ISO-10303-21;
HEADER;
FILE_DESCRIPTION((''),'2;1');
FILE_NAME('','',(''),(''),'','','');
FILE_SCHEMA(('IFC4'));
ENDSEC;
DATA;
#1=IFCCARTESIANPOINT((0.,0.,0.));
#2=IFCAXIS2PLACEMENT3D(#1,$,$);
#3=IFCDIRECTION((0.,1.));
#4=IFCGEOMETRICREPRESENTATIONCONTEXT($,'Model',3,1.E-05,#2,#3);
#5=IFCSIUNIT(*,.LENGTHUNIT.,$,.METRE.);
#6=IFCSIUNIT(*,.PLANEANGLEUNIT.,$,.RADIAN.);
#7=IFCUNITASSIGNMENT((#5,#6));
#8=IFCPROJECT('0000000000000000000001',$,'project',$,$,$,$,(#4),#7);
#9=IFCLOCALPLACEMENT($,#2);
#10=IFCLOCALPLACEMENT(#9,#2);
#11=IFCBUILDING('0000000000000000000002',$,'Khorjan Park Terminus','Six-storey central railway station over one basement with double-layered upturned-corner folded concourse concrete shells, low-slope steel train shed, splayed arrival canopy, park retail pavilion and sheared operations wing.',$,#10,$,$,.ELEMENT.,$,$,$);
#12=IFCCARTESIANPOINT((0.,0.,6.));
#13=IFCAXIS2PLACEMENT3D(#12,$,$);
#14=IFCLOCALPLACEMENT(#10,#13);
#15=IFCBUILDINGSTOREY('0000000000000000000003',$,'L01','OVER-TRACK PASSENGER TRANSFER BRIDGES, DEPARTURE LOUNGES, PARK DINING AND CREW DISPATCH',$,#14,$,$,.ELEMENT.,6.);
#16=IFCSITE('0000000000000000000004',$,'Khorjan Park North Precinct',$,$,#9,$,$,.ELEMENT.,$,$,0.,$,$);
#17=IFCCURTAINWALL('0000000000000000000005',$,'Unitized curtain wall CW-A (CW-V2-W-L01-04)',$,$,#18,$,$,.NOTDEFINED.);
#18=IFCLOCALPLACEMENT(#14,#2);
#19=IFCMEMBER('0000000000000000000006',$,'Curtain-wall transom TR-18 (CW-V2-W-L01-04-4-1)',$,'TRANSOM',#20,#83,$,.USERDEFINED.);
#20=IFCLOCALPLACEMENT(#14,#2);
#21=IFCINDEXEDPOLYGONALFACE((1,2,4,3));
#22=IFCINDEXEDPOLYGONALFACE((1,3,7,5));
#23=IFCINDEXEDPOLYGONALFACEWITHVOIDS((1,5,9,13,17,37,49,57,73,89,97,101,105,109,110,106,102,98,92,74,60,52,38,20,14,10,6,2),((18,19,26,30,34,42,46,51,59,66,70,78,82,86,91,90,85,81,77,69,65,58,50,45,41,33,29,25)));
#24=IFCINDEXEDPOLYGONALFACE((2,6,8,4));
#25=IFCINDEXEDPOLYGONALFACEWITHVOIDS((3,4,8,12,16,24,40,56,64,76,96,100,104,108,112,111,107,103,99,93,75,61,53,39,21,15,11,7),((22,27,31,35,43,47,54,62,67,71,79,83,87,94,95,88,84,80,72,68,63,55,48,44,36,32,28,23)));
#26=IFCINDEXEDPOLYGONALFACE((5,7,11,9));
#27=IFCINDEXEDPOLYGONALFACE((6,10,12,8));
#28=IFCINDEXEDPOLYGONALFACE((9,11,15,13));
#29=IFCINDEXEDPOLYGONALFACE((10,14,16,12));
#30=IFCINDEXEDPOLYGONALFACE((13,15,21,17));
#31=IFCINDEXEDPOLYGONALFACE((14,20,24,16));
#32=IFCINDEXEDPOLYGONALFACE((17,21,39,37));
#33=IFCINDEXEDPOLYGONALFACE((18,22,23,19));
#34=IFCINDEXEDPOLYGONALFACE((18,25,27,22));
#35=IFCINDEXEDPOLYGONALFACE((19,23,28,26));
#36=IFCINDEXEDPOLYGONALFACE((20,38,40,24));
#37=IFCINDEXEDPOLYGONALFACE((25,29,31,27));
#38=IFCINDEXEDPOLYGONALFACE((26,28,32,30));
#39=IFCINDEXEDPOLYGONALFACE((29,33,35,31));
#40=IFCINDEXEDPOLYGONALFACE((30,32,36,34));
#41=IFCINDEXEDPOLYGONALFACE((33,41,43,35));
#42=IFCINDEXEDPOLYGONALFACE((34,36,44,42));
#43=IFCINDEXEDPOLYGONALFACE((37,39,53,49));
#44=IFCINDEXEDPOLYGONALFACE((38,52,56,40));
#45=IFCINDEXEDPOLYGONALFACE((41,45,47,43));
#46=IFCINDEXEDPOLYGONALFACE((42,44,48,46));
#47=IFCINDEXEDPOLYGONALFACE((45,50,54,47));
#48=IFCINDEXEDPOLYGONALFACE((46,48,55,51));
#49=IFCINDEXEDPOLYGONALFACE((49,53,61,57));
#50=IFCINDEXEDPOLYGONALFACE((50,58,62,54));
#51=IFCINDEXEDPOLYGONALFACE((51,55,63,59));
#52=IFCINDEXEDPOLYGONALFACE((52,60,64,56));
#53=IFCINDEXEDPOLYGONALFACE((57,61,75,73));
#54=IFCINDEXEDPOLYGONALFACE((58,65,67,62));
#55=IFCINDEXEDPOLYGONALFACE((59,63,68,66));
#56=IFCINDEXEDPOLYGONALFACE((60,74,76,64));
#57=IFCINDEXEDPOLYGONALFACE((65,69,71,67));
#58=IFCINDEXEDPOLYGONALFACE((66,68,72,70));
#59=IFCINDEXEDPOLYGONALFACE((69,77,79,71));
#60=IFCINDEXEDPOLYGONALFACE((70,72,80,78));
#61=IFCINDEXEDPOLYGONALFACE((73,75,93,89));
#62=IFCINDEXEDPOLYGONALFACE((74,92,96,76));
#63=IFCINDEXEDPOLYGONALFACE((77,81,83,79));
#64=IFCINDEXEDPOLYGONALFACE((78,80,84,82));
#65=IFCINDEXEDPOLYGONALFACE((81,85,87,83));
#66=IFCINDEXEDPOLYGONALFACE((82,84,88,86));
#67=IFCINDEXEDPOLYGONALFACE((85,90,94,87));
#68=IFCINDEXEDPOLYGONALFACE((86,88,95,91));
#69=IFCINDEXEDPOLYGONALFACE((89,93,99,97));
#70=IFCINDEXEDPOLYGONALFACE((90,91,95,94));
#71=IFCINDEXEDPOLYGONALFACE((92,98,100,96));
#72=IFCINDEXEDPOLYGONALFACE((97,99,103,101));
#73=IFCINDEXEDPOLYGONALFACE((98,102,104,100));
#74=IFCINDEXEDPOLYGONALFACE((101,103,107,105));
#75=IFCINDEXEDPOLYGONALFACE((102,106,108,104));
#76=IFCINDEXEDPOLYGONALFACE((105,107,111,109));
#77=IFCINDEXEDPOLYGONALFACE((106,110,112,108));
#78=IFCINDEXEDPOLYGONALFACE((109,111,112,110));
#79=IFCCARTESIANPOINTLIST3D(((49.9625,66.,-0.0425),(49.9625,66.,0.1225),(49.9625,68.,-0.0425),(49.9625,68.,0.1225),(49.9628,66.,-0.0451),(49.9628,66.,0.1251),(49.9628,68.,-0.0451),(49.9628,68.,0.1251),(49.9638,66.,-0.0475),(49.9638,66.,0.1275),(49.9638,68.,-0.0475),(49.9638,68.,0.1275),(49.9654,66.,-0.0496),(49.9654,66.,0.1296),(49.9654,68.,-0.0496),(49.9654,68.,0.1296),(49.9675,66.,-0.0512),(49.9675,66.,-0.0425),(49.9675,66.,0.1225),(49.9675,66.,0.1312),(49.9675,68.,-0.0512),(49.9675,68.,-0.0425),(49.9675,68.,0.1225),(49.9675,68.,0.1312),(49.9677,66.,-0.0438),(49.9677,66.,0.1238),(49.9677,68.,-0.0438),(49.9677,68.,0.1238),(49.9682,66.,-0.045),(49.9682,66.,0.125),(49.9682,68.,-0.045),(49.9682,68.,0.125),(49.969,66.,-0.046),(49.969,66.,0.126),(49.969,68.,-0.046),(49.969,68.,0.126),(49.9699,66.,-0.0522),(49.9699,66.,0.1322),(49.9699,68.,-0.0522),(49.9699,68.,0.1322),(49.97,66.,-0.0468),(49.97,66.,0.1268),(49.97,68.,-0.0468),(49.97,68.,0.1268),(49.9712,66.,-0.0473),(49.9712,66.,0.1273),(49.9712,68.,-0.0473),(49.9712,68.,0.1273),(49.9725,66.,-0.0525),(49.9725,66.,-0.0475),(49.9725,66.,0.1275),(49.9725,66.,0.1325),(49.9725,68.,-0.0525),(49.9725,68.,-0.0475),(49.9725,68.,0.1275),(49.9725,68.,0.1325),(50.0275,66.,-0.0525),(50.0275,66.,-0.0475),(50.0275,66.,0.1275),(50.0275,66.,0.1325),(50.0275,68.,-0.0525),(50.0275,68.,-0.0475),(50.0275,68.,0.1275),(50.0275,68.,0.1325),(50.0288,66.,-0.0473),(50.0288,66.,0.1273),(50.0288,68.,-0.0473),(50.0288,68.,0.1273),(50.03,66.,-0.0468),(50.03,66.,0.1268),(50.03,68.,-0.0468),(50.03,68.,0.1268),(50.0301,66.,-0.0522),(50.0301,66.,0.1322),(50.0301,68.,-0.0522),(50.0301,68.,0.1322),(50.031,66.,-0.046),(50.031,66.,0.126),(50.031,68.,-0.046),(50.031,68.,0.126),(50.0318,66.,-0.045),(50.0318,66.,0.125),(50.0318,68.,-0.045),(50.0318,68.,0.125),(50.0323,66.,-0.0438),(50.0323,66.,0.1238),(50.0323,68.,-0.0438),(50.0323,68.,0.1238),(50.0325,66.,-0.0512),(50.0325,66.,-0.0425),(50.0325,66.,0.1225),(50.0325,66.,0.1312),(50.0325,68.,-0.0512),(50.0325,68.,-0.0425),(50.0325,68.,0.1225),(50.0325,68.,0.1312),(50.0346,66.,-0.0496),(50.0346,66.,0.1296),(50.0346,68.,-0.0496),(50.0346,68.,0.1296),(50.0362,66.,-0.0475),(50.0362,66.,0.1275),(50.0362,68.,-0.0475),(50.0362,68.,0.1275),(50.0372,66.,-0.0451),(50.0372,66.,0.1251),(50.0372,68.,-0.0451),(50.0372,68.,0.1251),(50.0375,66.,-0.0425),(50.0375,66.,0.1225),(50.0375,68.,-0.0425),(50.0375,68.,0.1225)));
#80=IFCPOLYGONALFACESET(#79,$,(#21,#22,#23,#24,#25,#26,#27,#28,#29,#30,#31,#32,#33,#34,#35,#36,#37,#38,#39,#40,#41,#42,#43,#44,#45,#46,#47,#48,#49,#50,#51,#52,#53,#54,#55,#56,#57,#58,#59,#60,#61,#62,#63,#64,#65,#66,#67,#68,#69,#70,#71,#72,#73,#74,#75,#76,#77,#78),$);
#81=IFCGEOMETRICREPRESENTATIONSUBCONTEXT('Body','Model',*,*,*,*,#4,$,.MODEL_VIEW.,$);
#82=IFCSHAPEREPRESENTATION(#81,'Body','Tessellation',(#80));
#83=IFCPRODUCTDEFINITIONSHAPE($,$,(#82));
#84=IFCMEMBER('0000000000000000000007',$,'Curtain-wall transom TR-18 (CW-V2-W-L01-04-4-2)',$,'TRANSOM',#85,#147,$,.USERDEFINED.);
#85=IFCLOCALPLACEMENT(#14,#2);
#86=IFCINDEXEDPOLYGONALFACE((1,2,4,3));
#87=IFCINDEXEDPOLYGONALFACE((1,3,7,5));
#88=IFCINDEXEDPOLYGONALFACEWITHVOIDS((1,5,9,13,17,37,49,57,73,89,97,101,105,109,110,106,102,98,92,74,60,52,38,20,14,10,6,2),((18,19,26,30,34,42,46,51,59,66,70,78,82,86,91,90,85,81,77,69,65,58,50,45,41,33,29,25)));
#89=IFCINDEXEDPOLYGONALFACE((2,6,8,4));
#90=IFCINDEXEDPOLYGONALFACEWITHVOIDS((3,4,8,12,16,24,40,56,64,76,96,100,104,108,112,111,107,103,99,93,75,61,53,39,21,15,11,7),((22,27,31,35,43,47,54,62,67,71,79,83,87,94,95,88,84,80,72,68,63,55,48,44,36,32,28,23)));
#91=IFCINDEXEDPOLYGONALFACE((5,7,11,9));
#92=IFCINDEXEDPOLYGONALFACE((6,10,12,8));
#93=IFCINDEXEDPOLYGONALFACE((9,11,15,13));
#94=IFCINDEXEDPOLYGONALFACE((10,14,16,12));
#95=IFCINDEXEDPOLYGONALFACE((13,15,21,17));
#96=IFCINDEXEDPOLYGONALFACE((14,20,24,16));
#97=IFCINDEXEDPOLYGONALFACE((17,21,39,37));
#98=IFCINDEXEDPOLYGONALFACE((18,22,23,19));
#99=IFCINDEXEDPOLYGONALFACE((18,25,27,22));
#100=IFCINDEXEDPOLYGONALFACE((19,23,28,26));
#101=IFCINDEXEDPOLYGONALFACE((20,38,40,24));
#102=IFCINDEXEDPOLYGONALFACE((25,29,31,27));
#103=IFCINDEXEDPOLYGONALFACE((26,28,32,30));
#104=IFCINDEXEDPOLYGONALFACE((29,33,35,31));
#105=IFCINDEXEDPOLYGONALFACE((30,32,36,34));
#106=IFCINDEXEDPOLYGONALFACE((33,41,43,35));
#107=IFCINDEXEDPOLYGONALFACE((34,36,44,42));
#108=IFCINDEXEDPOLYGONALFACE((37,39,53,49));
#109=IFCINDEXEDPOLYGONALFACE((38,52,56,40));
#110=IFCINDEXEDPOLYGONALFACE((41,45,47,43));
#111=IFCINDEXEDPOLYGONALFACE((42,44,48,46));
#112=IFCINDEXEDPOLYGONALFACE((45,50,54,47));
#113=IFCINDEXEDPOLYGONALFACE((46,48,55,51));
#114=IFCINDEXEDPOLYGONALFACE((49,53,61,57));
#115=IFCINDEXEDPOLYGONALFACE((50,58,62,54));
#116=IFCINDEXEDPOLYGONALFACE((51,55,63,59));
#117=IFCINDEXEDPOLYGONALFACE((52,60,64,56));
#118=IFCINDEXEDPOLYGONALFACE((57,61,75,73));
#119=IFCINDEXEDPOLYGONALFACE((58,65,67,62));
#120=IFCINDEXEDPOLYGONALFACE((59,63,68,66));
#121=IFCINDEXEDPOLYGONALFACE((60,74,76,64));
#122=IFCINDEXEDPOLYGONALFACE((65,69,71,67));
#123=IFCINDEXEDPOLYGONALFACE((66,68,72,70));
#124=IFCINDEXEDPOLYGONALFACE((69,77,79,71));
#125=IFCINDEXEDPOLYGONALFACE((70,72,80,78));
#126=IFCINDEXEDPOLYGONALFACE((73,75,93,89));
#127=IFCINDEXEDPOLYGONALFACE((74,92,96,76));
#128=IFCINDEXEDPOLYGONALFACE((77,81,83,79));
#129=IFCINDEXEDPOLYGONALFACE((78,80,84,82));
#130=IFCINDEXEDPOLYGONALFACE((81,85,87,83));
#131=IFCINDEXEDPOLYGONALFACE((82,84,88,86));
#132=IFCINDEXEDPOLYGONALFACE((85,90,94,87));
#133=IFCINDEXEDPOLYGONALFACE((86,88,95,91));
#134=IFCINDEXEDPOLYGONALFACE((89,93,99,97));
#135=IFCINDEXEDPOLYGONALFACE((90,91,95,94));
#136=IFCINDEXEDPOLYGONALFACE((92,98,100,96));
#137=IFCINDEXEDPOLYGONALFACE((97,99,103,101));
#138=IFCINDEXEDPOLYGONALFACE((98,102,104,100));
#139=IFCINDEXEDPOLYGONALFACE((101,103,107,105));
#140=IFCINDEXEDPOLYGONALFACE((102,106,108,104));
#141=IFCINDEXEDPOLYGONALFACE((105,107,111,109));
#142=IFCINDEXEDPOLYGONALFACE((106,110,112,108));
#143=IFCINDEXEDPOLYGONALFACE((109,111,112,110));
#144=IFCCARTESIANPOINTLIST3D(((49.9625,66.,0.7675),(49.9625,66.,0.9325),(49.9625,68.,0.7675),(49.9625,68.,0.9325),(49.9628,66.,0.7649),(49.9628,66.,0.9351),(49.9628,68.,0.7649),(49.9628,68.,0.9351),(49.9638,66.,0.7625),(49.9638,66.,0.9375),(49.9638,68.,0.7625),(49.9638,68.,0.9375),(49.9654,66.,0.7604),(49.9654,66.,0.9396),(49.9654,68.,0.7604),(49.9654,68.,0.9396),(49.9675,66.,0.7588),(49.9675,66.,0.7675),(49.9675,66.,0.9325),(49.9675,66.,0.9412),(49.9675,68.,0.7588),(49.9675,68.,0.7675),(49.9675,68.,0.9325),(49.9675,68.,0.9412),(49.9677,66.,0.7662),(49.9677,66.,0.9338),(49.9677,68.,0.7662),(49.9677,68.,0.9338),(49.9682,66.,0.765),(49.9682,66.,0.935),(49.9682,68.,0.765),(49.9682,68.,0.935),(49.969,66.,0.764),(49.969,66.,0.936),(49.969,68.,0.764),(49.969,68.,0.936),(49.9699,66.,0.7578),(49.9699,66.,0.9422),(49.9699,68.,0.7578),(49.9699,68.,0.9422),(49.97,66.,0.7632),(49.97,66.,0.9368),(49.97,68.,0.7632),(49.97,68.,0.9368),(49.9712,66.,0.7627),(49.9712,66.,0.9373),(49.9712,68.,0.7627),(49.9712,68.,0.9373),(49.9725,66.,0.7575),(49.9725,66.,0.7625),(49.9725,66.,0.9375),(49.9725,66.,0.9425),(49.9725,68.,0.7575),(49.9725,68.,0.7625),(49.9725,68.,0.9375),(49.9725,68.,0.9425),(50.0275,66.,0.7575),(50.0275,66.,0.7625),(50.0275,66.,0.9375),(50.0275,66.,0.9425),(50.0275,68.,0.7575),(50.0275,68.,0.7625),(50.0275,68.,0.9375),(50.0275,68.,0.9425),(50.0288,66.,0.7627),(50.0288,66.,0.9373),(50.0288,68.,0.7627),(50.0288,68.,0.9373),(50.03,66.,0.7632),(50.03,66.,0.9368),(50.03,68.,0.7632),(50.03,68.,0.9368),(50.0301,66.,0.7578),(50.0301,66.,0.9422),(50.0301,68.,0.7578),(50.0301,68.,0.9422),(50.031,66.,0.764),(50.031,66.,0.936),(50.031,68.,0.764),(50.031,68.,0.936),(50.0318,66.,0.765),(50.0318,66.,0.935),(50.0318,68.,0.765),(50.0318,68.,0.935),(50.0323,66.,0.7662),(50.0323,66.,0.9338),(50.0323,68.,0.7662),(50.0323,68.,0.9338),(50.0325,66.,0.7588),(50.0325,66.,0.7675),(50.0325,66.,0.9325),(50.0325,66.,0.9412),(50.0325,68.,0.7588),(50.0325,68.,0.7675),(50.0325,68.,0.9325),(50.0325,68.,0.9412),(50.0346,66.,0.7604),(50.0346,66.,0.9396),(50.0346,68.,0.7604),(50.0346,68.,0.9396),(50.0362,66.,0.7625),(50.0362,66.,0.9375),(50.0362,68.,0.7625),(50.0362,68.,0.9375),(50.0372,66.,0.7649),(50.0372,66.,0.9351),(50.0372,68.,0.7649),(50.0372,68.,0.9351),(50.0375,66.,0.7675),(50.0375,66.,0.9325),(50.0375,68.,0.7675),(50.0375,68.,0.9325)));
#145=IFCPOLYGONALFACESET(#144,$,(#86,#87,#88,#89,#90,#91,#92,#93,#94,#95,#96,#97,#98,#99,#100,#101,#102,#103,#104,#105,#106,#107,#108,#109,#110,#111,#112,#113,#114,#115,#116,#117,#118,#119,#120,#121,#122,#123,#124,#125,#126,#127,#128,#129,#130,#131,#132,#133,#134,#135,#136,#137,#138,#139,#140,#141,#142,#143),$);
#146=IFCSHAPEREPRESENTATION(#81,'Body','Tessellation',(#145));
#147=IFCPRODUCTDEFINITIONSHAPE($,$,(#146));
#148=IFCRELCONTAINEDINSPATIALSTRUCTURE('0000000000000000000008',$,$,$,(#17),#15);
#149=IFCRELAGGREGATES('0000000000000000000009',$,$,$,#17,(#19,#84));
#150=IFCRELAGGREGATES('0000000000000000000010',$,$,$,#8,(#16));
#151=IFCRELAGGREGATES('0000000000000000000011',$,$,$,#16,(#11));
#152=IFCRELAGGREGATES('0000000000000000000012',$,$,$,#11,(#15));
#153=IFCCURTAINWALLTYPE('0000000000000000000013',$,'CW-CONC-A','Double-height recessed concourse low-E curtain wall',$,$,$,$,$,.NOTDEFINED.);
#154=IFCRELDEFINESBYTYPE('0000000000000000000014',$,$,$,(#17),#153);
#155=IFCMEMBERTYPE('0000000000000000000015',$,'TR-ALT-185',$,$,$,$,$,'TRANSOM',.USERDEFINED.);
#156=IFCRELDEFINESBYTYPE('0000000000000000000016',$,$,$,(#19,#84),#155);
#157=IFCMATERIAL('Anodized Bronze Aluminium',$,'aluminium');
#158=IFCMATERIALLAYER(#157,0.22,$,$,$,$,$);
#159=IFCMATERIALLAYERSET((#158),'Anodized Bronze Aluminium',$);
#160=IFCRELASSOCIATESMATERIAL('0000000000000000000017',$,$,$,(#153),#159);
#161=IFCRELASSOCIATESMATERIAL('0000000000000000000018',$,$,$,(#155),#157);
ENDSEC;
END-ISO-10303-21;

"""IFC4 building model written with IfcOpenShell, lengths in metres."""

from ifc_helpers import new_model, si_unit, direction, frame, origin, origin_2d, place, context, subcontext, project, spatial, hollow_rectangle, extrude, material, layer, layer_set, material_profile, profile_set, type_object, element, aggregate, save


model = new_model("IFC4")

# Units and contexts
model_context = context("Model", 3, precision=1e-05, world=origin(), true_north=direction((0.0, 1.0)))
body_context = subcontext(model_context, "Body", "Model", "MODEL_VIEW")
ifc_project = project(units=[si_unit("LENGTHUNIT", "METRE"), si_unit("PLANEANGLEUNIT", "RADIAN")], contexts=[model_context])

# Site, building, storey
site_placement = place(None, origin())
site = spatial("IfcSite", under=ifc_project, at=site_placement, Name="Khorjan Park North Precinct", CompositionType="ELEMENT", RefElevation=0.0)
building_placement = place(site_placement, origin())
building = spatial("IfcBuilding", under=site, at=building_placement, Name="Khorjan Park Terminus", Description="Six-storey central railway station over one basement with double-layered upturned-corner folded concourse concrete shells, low-slope steel train shed, splayed arrival canopy, park retail pavilion and sheared operations wing.", CompositionType="ELEMENT")
storey_placement = place(building_placement, frame((0.0, 0.0, 6.0)))
storey = spatial("IfcBuildingStorey", under=building, at=storey_placement, Name="L01", Description="OVER-TRACK PASSENGER TRANSFER BRIDGES, DEPARTURE LOUNGES, PARK DINING AND CREW DISPATCH", CompositionType="ELEMENT", Elevation=6.0)

# Curtain wall, members
ifc_material_1 = material(Name="Anodized Bronze Aluminium", Category="aluminium")
ifc_layer_1 = layer(ifc_material_1, 0.22)
ifc_layer_set_1 = layer_set([ifc_layer_1], Name="Anodized Bronze Aluminium")
curtain_wall_type = type_object("IfcCurtainWallType", Name="CW-CONC-A", Description="Double-height recessed concourse low-E curtain wall", PredefinedType="NOTDEFINED", material=ifc_layer_set_1)
curtain_wall_placement = place(storey_placement, origin())
curtain_wall = element("IfcCurtainWall", 1, at=curtain_wall_placement, inside=storey, type_object=curtain_wall_type, Name="Unitized curtain wall CW-A (CW-V2-W-L01-04)", PredefinedType="NOTDEFINED")
ifc_material_profile_1 = material_profile(ifc_material_1, hollow_rectangle(XDim=0.075, YDim=0.185, WallThickness=0.005, InnerFilletRadius=0.005, OuterFilletRadius=0.01, at=origin_2d()), Name="ALT 75x185x5")
ifc_profile_set_1 = profile_set([ifc_material_profile_1], Name="Anodized Bronze Aluminium")
member_type_1 = type_object("IfcMemberType", Name="TR-ALT-185", ElementType="TRANSOM", PredefinedType="USERDEFINED", material=ifc_profile_set_1)
member_1_placement = place(storey_placement, frame((50.0, 68.0, 0.04), z_axis=(0.0, -1.0, 0.0), x_axis=(1.0, 0.0, 0.0)))
member_1 = element("IfcMember", 2, at=member_1_placement, type_object=member_type_1, Name="Curtain-wall transom TR-18 (CW-V2-W-L01-04-4-1)", ObjectType="TRANSOM", PredefinedType="USERDEFINED", context=body_context, shape_type="SweptSolid", body=[
    extrude(hollow_rectangle(XDim=0.075, YDim=0.185, WallThickness=0.005, InnerFilletRadius=0.005, OuterFilletRadius=0.01, at=origin_2d()), origin(), (0.0, 0.0, 1.0), 2.0),
])
member_2_placement = place(storey_placement, frame((50.0, 68.0, 0.85), z_axis=(0.0, -1.0, 0.0), x_axis=(1.0, 0.0, 0.0)))
member_2 = element("IfcMember", 3, at=member_2_placement, type_object=member_type_1, Name="Curtain-wall transom TR-18 (CW-V2-W-L01-04-4-2)", ObjectType="TRANSOM", PredefinedType="USERDEFINED", context=body_context, shape_type="SweptSolid", body=[
    extrude(hollow_rectangle(XDim=0.075, YDim=0.185, WallThickness=0.005, InnerFilletRadius=0.005, OuterFilletRadius=0.01, at=origin_2d()), origin(), (0.0, 0.0, 1.0), 2.0),
])
aggregate(curtain_wall, [member_1, member_2])

save(model, "model.ifc")
